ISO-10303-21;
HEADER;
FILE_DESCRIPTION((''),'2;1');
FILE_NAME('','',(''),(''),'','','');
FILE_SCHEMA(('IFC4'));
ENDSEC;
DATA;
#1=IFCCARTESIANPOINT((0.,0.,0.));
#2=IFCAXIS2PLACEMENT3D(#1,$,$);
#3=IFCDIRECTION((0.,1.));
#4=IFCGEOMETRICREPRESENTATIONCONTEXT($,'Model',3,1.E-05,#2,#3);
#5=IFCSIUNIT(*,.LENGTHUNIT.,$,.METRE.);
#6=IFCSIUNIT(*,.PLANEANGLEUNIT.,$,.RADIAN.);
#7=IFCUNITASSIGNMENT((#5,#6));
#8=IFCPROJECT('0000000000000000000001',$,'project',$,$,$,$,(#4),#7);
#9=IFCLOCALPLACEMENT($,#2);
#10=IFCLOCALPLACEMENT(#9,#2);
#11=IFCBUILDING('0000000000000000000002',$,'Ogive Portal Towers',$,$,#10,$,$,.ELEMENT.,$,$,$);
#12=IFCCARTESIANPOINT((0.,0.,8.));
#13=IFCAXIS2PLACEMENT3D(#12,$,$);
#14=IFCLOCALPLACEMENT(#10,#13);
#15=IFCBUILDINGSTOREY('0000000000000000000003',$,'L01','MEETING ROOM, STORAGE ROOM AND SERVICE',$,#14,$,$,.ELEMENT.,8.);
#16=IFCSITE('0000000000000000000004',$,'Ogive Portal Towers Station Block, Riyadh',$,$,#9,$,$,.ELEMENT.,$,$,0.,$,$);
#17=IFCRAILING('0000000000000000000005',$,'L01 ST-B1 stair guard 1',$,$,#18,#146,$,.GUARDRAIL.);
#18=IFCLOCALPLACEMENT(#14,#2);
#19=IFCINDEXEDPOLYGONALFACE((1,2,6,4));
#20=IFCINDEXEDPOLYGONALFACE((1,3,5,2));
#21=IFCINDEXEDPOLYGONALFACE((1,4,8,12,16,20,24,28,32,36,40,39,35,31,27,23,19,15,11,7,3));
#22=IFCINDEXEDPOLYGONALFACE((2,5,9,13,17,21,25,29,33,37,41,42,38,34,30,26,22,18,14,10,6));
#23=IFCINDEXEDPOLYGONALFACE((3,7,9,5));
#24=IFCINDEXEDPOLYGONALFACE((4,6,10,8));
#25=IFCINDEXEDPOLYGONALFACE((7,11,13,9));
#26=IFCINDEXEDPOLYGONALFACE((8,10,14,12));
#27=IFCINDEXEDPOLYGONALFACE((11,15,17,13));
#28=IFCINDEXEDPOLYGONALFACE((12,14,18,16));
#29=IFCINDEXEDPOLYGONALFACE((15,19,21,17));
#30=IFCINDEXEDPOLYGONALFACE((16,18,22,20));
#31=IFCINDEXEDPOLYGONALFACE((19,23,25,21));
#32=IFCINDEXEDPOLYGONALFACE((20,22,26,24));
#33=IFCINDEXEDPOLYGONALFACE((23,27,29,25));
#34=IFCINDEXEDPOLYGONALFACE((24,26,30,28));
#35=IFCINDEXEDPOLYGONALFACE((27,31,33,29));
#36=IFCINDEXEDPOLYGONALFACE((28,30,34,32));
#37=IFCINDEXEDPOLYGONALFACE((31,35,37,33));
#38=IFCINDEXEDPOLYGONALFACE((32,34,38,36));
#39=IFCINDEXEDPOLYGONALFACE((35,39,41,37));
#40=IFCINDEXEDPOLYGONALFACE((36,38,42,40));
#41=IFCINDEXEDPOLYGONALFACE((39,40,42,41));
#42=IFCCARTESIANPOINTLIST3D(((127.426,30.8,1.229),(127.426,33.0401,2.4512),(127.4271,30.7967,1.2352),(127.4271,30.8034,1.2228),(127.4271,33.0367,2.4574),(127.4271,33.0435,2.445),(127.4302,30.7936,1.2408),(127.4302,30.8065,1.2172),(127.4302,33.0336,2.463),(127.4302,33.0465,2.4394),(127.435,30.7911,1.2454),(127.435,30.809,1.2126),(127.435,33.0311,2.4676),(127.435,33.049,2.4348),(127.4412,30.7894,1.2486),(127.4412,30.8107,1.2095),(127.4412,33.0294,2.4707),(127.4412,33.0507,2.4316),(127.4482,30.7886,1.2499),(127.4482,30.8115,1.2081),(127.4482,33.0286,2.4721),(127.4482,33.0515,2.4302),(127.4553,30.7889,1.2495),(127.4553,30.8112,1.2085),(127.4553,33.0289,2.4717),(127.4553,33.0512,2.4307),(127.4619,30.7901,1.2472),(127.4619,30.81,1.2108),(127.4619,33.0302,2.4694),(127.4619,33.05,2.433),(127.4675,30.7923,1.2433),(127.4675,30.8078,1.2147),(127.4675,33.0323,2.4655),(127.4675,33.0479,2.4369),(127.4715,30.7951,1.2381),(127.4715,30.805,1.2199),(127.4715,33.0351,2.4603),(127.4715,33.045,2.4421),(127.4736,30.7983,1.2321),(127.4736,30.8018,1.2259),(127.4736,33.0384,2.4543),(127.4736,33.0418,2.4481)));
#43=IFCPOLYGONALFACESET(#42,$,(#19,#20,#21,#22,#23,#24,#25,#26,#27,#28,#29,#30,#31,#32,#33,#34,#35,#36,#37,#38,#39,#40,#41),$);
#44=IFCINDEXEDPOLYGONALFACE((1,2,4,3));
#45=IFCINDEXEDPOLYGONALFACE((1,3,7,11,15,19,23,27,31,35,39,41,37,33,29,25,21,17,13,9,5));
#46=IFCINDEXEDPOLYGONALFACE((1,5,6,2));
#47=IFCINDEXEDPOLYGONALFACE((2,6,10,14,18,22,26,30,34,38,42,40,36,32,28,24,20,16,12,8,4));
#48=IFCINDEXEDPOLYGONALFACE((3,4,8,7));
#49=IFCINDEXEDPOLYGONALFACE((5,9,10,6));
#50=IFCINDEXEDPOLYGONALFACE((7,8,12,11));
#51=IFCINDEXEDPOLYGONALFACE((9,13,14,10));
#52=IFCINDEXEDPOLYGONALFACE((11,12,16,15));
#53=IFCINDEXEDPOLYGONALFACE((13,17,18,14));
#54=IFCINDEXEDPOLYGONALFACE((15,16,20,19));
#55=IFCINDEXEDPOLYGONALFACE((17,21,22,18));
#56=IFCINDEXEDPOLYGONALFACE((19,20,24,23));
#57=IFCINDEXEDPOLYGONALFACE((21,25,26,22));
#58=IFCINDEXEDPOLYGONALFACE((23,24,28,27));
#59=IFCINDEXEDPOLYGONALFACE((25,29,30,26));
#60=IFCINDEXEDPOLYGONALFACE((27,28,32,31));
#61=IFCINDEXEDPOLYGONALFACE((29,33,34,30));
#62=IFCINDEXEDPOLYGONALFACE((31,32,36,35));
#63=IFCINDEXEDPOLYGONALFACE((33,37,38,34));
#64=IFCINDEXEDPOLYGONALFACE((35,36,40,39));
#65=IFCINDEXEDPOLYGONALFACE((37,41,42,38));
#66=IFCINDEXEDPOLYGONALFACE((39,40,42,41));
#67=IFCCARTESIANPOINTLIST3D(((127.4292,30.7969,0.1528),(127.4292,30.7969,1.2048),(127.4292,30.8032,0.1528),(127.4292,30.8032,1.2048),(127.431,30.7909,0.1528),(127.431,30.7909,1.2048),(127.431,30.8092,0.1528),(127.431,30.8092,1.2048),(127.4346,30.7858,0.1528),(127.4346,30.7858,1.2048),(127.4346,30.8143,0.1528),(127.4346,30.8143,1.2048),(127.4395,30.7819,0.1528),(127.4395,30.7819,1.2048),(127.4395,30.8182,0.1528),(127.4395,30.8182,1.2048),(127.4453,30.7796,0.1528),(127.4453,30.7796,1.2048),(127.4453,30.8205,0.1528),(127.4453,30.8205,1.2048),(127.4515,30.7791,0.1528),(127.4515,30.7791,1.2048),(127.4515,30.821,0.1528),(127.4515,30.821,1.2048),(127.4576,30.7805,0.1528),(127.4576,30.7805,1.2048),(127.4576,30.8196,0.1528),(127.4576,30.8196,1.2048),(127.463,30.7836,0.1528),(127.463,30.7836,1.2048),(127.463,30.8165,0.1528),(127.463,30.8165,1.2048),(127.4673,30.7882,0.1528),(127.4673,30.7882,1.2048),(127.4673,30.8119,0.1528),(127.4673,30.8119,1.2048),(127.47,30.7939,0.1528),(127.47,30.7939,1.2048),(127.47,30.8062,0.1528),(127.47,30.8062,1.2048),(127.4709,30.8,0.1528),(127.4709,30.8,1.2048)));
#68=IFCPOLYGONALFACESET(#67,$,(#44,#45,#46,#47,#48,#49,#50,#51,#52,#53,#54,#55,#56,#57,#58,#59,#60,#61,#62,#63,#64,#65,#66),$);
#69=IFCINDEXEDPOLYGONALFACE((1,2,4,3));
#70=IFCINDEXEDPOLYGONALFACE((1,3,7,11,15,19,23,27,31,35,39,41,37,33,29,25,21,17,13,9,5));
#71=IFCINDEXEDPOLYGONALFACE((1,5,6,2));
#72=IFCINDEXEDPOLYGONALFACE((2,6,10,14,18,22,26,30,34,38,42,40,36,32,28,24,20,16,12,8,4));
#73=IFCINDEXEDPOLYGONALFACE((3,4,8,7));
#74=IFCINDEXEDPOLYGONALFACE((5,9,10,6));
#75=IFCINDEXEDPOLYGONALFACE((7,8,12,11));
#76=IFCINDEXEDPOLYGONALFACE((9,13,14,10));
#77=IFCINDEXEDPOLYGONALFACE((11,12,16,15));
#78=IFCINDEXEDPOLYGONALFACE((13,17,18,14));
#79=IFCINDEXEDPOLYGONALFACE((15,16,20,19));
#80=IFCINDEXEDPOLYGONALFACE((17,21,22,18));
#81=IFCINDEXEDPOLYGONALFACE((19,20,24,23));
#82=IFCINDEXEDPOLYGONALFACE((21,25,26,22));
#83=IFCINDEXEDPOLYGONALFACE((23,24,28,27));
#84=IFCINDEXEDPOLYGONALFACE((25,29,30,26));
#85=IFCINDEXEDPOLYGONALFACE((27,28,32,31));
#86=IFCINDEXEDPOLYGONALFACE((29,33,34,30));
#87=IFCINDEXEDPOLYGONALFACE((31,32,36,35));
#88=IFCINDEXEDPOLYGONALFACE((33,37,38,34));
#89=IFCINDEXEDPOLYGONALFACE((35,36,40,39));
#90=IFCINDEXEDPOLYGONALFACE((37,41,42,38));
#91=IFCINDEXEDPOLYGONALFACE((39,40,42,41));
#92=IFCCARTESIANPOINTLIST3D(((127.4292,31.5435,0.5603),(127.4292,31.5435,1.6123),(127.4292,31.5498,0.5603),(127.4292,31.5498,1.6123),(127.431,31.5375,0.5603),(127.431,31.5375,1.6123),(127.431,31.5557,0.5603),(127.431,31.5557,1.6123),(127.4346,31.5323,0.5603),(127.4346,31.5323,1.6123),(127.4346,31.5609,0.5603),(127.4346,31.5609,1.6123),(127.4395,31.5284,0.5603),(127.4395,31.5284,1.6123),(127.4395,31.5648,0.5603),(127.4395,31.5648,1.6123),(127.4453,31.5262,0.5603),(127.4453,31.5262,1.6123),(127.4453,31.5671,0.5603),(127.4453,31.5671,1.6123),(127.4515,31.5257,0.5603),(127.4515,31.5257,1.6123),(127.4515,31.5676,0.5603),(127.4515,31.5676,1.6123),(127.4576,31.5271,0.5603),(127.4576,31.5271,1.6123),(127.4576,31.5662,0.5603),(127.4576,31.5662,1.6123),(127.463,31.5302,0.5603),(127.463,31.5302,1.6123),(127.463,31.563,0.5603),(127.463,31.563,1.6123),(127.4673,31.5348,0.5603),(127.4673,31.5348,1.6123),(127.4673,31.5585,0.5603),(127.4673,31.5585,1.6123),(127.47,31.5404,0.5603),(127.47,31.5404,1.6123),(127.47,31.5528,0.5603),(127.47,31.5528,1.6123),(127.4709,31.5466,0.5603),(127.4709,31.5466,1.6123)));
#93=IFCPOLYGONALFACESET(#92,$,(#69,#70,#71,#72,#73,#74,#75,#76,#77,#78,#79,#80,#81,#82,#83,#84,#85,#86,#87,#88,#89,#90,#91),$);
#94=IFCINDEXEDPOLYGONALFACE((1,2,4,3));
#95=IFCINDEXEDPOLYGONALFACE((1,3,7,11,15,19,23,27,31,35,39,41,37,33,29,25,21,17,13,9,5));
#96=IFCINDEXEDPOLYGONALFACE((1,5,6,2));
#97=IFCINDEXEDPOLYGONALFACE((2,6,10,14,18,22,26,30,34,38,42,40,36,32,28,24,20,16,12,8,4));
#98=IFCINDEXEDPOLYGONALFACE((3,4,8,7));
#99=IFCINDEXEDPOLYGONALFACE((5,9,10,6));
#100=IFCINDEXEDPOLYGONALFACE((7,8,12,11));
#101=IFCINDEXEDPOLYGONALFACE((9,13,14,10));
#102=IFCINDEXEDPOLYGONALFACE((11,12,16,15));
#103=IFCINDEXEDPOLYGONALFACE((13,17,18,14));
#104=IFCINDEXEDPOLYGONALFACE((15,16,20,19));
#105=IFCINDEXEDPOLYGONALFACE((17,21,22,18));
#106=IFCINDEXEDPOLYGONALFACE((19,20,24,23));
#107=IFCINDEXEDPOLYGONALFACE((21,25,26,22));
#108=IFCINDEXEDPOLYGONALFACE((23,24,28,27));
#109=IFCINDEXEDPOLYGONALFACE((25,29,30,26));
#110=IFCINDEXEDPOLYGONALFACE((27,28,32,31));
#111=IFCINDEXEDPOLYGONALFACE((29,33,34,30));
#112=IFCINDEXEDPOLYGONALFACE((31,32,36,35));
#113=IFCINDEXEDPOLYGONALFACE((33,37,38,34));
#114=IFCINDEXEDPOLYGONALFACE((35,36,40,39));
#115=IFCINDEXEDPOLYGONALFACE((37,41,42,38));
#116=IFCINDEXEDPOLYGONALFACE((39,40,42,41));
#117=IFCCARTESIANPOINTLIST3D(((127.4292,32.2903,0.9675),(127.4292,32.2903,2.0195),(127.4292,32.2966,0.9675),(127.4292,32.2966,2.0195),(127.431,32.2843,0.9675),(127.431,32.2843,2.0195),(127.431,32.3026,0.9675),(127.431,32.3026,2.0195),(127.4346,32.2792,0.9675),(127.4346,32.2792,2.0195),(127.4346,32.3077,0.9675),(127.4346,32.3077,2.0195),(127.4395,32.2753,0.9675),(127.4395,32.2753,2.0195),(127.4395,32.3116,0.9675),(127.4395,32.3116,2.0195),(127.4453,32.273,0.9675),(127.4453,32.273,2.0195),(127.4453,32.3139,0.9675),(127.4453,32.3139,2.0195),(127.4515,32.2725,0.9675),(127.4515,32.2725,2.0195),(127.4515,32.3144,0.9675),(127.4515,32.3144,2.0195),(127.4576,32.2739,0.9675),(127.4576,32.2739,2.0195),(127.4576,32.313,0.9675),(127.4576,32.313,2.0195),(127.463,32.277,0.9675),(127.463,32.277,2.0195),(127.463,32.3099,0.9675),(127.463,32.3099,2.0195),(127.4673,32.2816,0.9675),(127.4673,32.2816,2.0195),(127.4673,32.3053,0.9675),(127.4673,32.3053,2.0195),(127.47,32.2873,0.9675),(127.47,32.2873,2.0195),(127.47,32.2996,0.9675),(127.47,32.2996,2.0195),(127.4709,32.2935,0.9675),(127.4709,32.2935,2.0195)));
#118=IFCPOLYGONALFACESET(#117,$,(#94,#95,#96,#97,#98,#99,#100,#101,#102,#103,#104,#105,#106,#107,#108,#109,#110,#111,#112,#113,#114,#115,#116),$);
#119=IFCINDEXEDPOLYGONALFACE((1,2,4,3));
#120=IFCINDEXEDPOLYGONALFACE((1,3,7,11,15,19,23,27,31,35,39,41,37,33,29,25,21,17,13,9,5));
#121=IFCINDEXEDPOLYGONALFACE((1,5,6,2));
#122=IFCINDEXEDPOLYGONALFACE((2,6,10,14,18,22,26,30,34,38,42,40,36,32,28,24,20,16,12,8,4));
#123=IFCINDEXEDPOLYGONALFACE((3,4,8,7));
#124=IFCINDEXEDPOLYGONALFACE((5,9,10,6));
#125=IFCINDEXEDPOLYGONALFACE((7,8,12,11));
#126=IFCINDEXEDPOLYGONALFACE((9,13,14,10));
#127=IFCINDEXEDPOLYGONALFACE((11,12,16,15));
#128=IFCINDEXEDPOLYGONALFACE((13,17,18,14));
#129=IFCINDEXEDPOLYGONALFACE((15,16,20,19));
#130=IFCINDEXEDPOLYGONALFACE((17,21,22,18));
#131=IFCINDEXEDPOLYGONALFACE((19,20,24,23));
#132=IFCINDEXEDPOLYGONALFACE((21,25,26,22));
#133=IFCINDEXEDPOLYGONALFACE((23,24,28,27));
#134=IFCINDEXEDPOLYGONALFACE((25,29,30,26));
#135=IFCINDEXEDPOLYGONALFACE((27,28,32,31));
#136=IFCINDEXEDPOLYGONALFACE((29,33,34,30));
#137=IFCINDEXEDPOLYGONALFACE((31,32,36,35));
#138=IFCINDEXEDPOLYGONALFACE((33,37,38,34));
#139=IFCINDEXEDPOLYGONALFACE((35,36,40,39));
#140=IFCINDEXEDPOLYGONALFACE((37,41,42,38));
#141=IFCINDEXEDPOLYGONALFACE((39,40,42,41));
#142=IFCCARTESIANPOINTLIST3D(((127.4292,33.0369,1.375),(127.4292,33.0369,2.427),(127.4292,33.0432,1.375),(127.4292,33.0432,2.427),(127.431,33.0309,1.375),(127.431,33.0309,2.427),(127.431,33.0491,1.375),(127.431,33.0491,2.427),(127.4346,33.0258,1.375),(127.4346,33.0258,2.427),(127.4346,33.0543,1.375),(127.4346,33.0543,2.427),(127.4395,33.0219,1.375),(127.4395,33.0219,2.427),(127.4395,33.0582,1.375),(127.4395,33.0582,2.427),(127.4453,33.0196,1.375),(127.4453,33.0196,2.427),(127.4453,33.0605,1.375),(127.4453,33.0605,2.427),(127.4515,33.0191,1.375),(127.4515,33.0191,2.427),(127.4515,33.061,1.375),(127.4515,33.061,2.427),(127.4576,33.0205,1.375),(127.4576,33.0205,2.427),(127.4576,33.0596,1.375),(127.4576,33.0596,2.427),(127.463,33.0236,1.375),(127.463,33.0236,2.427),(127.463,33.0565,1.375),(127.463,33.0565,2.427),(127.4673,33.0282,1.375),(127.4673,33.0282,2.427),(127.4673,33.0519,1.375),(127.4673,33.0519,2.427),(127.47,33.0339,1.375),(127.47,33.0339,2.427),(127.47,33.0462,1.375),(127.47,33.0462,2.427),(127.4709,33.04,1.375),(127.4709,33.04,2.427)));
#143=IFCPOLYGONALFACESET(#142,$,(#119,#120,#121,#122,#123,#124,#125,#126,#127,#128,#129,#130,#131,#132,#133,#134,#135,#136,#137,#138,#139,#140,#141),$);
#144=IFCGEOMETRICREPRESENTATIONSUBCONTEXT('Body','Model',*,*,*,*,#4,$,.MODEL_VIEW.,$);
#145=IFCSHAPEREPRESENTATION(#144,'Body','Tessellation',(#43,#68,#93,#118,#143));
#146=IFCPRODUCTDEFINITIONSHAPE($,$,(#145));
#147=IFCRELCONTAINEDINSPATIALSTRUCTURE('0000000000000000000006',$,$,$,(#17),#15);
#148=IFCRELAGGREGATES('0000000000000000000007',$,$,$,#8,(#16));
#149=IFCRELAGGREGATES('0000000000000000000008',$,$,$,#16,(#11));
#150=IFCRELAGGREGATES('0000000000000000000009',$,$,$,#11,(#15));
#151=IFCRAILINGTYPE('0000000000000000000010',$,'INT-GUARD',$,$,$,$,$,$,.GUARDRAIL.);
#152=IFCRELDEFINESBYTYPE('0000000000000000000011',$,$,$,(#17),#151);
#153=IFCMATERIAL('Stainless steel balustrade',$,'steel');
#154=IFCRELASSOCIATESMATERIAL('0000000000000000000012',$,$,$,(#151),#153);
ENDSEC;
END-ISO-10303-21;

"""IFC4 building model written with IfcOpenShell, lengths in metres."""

from ifc_helpers import new_model, si_unit, direction, frame, origin, origin_2d, place, context, subcontext, project, spatial, circle, extrude, material, type_object, element, save


model = new_model("IFC4")

# Units and contexts
model_context = context("Model", 3, precision=1e-05, world=origin(), true_north=direction((0.0, 1.0)))
body_context = subcontext(model_context, "Body", "Model", "MODEL_VIEW")
ifc_project = project(units=[si_unit("LENGTHUNIT", "METRE"), si_unit("PLANEANGLEUNIT", "RADIAN")], contexts=[model_context])

# Site, building, storey
site_placement = place(None, origin())
site = spatial("IfcSite", under=ifc_project, at=site_placement, Name="Ogive Portal Towers Station Block, Riyadh", CompositionType="ELEMENT", RefElevation=0.0)
building_placement = place(site_placement, origin())
building = spatial("IfcBuilding", under=site, at=building_placement, Name="Ogive Portal Towers", CompositionType="ELEMENT")
storey_placement = place(building_placement, frame((0.0, 0.0, 8.0)))
storey = spatial("IfcBuildingStorey", under=building, at=storey_placement, Name="L01", Description="MEETING ROOM, STORAGE ROOM AND SERVICE", CompositionType="ELEMENT", Elevation=8.0)

# Railing
ifc_material_1 = material(Name="Stainless steel balustrade", Category="steel")
railing_type_1 = type_object("IfcRailingType", Name="INT-GUARD", PredefinedType="GUARDRAIL", material=ifc_material_1)
railing_1_placement = place(storey_placement, frame((127.45, 30.8, 0.1528)))
element("IfcRailing", 1, at=railing_1_placement, inside=storey, type_object=railing_type_1, Name="L01 ST-B1 stair guard 1", PredefinedType="GUARDRAIL", context=body_context, shape_type="SweptSolid", body=[
    extrude(circle(Radius=0.0239, at=origin_2d()), frame((0.0, 0.0, 1.0762), z_axis=(0.0, 0.877837, 0.478959), x_axis=(-1.0, 0.0, 0.0)), (0.0, 0.0, 1.0), 2.5518),
    extrude(circle(Radius=0.021, at=origin_2d()), origin(), (0.0, 0.0, 1.0), 1.052),
    extrude(circle(Radius=0.021, at=origin_2d()), frame((0.0, 0.7466, 0.4075)), (0.0, 0.0, 1.0), 1.052),
    extrude(circle(Radius=0.021, at=origin_2d()), frame((0.0, 1.4934, 0.8147)), (0.0, 0.0, 1.0), 1.052),
    extrude(circle(Radius=0.021, at=origin_2d()), frame((0.0, 2.24, 1.2222)), (0.0, 0.0, 1.0), 1.052),
])

save(model, "model.ifc")
